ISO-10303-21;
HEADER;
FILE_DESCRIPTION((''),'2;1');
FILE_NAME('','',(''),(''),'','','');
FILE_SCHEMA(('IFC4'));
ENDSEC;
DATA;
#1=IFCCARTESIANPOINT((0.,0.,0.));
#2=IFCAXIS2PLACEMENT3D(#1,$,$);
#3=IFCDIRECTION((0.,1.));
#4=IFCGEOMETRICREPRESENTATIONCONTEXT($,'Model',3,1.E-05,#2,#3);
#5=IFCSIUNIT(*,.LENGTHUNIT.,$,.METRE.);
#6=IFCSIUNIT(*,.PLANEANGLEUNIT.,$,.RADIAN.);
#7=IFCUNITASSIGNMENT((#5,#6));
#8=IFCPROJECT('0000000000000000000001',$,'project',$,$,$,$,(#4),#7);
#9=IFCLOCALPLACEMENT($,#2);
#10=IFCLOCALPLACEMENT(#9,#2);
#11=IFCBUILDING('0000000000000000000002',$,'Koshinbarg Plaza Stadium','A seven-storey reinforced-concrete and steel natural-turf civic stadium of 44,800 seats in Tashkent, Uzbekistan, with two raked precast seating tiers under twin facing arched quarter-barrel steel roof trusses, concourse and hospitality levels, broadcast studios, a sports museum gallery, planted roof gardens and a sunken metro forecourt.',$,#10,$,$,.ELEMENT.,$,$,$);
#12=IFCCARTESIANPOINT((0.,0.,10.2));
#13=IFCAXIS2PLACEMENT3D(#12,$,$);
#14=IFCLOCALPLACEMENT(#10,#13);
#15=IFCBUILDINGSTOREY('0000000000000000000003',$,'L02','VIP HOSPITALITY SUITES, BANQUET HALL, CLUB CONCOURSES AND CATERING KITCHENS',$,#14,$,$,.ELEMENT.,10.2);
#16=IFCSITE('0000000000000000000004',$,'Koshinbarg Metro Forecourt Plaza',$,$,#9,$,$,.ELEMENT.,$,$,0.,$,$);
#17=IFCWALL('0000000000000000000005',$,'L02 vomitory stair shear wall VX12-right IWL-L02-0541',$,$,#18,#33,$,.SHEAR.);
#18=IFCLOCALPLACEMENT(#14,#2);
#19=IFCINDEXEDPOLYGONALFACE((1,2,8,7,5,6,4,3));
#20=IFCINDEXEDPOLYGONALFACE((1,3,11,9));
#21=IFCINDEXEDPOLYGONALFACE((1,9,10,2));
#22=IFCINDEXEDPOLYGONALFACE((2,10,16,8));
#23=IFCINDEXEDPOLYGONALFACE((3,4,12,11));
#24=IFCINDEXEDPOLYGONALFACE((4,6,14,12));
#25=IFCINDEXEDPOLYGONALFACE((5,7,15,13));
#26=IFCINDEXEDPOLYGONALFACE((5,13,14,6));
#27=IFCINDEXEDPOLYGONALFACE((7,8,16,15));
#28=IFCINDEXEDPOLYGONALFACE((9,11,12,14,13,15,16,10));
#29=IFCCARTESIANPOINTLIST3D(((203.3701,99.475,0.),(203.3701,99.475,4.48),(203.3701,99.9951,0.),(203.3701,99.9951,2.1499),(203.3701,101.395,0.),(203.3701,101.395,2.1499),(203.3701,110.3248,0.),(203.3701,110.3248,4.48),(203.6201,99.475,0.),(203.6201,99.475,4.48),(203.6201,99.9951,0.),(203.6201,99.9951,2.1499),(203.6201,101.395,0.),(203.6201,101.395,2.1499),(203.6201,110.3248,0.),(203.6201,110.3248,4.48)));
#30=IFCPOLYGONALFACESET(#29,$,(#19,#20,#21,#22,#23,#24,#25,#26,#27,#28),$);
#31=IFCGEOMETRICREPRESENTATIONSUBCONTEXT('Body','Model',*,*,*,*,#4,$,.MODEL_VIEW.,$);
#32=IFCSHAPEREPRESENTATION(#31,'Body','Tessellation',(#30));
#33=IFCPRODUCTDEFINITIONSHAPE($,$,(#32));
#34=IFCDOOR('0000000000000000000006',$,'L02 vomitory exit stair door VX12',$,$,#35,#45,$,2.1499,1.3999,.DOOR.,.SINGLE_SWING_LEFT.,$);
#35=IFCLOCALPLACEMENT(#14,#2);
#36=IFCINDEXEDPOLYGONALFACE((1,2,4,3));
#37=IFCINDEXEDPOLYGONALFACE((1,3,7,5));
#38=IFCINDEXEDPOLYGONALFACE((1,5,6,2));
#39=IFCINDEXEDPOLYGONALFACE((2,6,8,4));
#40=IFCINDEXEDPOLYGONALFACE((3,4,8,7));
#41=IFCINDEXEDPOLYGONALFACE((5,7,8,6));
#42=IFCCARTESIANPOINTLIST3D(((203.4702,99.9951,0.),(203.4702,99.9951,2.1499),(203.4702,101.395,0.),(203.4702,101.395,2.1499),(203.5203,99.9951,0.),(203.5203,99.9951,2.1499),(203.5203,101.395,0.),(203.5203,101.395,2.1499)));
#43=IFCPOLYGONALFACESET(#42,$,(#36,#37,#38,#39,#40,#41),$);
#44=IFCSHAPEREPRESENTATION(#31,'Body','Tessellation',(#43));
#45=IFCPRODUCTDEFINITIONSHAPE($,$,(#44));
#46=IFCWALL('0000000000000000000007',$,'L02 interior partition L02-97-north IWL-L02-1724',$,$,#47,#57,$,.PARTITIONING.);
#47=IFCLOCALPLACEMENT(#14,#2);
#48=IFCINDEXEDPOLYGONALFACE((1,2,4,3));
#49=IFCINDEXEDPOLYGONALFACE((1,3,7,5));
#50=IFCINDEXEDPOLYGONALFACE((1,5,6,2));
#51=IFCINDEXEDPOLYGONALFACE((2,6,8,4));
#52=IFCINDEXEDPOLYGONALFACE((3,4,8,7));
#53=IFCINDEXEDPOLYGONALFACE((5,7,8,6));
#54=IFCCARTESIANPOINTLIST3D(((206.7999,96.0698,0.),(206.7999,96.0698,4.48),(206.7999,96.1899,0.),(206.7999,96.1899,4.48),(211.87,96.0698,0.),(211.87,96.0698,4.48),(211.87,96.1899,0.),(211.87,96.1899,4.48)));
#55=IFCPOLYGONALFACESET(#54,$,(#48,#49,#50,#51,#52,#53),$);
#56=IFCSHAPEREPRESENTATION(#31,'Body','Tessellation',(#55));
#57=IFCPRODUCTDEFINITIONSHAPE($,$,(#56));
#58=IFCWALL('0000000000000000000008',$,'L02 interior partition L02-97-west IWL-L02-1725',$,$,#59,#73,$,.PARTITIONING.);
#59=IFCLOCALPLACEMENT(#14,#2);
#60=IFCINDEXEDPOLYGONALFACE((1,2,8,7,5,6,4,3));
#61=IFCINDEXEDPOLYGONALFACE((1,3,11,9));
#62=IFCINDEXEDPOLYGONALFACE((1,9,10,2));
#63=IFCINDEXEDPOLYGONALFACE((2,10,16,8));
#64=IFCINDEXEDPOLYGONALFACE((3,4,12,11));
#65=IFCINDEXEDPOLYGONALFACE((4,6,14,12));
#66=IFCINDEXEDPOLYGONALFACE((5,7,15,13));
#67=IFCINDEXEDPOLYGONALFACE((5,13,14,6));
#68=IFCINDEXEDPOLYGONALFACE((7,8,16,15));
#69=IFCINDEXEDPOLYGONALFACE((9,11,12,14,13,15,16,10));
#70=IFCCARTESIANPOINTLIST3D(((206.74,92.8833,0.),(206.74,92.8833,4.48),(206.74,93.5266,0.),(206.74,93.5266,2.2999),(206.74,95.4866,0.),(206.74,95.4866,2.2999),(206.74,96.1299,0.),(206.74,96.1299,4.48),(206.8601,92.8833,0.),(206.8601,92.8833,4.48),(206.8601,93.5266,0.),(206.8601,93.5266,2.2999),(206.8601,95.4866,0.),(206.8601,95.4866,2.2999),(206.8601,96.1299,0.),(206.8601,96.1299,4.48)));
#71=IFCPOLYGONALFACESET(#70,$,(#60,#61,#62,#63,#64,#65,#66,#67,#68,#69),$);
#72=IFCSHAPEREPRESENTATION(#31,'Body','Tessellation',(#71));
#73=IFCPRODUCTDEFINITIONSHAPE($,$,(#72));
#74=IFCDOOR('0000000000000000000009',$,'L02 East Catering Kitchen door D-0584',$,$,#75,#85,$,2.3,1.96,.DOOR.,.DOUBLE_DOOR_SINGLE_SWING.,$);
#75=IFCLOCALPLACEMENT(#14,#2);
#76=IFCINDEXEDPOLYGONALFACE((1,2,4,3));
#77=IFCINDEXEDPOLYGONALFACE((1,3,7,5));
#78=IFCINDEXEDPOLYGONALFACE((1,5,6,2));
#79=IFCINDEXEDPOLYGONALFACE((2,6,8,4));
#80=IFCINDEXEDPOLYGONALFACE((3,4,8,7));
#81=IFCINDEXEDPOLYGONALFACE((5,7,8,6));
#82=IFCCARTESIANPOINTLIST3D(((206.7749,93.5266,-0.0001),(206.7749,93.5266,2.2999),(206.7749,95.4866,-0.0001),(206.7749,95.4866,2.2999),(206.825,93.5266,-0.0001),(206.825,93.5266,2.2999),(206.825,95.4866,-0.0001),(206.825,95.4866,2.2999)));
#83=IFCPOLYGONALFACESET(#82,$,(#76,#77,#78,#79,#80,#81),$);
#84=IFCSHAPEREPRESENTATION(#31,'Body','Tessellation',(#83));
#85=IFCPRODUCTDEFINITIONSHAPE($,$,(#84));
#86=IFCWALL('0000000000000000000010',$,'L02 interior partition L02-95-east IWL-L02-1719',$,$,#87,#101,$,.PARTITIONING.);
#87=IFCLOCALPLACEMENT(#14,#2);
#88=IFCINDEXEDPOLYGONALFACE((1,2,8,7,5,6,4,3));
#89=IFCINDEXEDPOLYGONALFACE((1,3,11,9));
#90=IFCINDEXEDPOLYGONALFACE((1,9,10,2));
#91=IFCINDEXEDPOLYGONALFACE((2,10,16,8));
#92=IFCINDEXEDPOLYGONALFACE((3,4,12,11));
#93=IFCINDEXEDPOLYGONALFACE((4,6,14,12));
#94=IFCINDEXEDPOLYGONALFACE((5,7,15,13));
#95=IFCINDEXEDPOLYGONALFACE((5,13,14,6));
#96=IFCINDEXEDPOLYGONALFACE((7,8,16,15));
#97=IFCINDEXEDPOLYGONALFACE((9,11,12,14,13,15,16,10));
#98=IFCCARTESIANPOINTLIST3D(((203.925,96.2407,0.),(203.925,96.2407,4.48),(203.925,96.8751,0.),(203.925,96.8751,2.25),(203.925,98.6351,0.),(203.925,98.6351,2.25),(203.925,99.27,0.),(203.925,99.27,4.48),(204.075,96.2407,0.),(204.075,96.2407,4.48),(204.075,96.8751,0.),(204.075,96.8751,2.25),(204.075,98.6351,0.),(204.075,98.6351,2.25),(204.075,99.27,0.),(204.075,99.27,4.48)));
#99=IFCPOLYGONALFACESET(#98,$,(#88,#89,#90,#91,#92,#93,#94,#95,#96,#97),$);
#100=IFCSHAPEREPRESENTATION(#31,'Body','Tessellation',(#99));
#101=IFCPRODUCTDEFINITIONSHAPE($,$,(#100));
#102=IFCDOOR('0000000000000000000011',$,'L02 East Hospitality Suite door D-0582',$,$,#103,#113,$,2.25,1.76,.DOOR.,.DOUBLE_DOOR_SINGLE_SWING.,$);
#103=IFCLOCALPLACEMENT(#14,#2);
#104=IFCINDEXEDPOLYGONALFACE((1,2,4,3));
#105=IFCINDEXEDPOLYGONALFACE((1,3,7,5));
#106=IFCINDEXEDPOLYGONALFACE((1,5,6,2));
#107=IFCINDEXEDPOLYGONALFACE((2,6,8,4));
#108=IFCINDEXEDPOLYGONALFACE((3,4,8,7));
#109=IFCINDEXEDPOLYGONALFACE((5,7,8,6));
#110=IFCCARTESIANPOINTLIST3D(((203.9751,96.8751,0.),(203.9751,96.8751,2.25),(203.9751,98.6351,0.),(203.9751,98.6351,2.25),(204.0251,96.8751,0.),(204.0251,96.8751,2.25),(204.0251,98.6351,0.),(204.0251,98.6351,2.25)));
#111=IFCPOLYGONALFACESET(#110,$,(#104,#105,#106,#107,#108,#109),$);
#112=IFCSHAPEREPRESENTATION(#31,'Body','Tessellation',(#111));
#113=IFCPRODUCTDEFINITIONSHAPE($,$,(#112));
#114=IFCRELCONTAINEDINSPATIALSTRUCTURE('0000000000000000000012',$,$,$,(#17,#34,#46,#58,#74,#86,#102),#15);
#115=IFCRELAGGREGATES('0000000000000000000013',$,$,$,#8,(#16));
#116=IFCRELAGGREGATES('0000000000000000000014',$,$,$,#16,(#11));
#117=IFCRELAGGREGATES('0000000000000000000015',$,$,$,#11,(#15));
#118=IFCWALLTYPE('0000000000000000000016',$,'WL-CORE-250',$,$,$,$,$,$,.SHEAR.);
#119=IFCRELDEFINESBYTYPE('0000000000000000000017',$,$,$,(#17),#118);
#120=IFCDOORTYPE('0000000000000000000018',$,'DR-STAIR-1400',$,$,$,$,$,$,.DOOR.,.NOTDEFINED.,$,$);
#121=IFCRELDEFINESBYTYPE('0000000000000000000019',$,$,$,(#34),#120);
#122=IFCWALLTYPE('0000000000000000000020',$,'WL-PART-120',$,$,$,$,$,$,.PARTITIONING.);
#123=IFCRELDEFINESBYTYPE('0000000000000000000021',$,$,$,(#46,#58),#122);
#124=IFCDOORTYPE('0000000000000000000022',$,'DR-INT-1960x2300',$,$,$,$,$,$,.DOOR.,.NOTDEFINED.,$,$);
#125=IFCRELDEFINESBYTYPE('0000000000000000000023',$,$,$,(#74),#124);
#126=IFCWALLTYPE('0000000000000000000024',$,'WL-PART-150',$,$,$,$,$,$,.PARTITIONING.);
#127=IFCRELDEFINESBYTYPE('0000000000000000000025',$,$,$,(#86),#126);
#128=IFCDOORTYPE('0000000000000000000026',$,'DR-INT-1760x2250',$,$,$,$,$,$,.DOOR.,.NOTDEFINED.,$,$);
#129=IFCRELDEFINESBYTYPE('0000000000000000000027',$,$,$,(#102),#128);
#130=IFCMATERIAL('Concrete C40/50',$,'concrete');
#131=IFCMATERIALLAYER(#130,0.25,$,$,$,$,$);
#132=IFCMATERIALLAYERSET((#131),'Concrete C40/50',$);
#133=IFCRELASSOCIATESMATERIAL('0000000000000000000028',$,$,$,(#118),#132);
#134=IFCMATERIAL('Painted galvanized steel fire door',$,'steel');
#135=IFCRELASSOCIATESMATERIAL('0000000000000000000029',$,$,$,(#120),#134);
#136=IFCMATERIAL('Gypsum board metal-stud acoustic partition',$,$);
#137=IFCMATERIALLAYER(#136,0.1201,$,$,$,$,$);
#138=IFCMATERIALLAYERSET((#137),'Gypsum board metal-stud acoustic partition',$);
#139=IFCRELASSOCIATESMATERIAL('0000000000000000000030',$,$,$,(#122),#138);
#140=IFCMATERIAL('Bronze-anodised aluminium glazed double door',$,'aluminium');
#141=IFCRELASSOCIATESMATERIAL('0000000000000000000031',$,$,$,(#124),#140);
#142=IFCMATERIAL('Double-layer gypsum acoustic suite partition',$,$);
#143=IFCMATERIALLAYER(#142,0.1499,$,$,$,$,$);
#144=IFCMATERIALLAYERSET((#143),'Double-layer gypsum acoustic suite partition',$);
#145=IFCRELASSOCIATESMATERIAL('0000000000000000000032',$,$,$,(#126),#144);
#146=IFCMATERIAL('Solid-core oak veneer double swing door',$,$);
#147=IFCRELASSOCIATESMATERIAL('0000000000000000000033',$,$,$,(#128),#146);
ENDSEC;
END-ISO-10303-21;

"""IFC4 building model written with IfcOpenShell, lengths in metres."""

from ifc_helpers import new_model, si_unit, direction, frame, frame_2d, origin, place, context, subcontext, project, spatial, rectangle, extrude, material, layer, layer_set, type_object, element, fill, save


model = new_model("IFC4")

# Units and contexts
model_context = context("Model", 3, precision=1e-05, world=origin(), true_north=direction((0.0, 1.0)))
body_context = subcontext(model_context, "Body", "Model", "MODEL_VIEW")
ifc_project = project(units=[si_unit("LENGTHUNIT", "METRE"), si_unit("PLANEANGLEUNIT", "RADIAN")], contexts=[model_context])

# Site, building, storey
site_placement = place(None, origin())
site = spatial("IfcSite", under=ifc_project, at=site_placement, Name="Koshinbarg Metro Forecourt Plaza", CompositionType="ELEMENT", RefElevation=0.0)
building_placement = place(site_placement, origin())
building = spatial("IfcBuilding", under=site, at=building_placement, Name="Koshinbarg Plaza Stadium", Description="A seven-storey reinforced-concrete and steel natural-turf civic stadium of 44,800 seats in Tashkent, Uzbekistan, with two raked precast seating tiers under twin facing arched quarter-barrel steel roof trusses, concourse and hospitality levels, broadcast studios, a sports museum gallery, planted roof gardens and a sunken metro forecourt.", CompositionType="ELEMENT")
storey_placement = place(building_placement, frame((0.0, 0.0, 10.2)))
storey = spatial("IfcBuildingStorey", under=building, at=storey_placement, Name="L02", Description="VIP HOSPITALITY SUITES, BANQUET HALL, CLUB CONCOURSES AND CATERING KITCHENS", CompositionType="ELEMENT", Elevation=10.2)

# Shared definitions
ifc_material_1 = material(Name="Concrete C40/50", Category="concrete")

# Shared definitions
ifc_layer_1 = layer(ifc_material_1, 0.25)
ifc_layer_set_1 = layer_set([ifc_layer_1], Name="Concrete C40/50")
wall_type_1 = type_object("IfcWallType", Name="WL-CORE-250", PredefinedType="SHEAR", material=ifc_layer_set_1)

# Wall, opening, door
wall_1_placement = place(storey_placement, frame((203.4951, 99.4751, 0.0), z_axis=(0.0, 0.0, 1.0), x_axis=(0.0, 1.0, 0.0)))
wall_1 = element("IfcWall", 1, at=wall_1_placement, inside=storey, type_object=wall_type_1, Name="L02 vomitory stair shear wall VX12-right IWL-L02-0541", PredefinedType="SHEAR", context=body_context, shape_type="SweptSolid", body=[
    extrude(rectangle(XDim=10.8499, YDim=0.25, at=frame_2d((5.4248, 0.0))), origin(), (0.0, 0.0, 1.0), 4.48),
])
opening_1_placement = place(wall_1_placement, frame((0.52, 0.0, 0.0)))
opening_1 = element("IfcOpeningElement", 2, at=opening_1_placement, cuts=wall_1, PredefinedType="OPENING", context=body_context, shape_type="SweptSolid", body=[
    extrude(rectangle(XDim=1.3999, YDim=2.1499, at=frame_2d((0.7, 1.075))), frame((0.0, 0.135, 0.0), z_axis=(0.0, -1.0, 0.0), x_axis=(1.0, 0.0, 0.0)), (0.0, 0.0, 1.0), 0.27),
])
ifc_material_2 = material(Name="Painted galvanized steel fire door", Category="steel")
door_type_1 = type_object("IfcDoorType", Name="DR-STAIR-1400", OperationType="NOTDEFINED", PredefinedType="DOOR", material=ifc_material_2)
door_1_placement = place(opening_1_placement, origin())
door_1 = element("IfcDoor", 3, at=door_1_placement, inside=storey, type_object=door_type_1, Name="L02 vomitory exit stair door VX12", OperationType="SINGLE_SWING_LEFT", OverallHeight=2.1499, OverallWidth=1.3999, PredefinedType="DOOR", context=body_context, shape_type="SweptSolid", body=[
    extrude(rectangle(XDim=1.3999, YDim=2.1499, at=frame_2d((0.7, 1.075))), frame((0.0, 0.0249, 0.0), z_axis=(0.0, -1.0, 0.0), x_axis=(1.0, 0.0, 0.0)), (0.0, 0.0, 1.0), 0.05),
])
fill(opening_1, door_1)

# Wall
ifc_material_3 = material(Name="Gypsum board metal-stud acoustic partition")
ifc_layer_2 = layer(ifc_material_3, 0.1201)
ifc_layer_set_2 = layer_set([ifc_layer_2], Name="Gypsum board metal-stud acoustic partition")
wall_type_2 = type_object("IfcWallType", Name="WL-PART-120", PredefinedType="PARTITIONING", material=ifc_layer_set_2)
wall_2_placement = place(storey_placement, frame((211.8701, 96.1299, 0.0), z_axis=(0.0, 0.0, 1.0), x_axis=(-1.0, 0.0, 0.0)))
element("IfcWall", 4, at=wall_2_placement, inside=storey, type_object=wall_type_2, Name="L02 interior partition L02-97-north IWL-L02-1724", PredefinedType="PARTITIONING", context=body_context, shape_type="SweptSolid", body=[
    extrude(rectangle(XDim=5.0701, YDim=0.1201, at=frame_2d((2.5352, 0.0))), origin(), (0.0, 0.0, 1.0), 4.48),
])

# Walls, openings, doors
wall_3_placement = place(storey_placement, frame((206.8, 96.1299, 0.0), z_axis=(0.0, 0.0, 1.0), x_axis=(0.0, -1.0, 0.0)))
wall_3 = element("IfcWall", 5, at=wall_3_placement, inside=storey, type_object=wall_type_2, Name="L02 interior partition L02-97-west IWL-L02-1725", PredefinedType="PARTITIONING", context=body_context, shape_type="SweptSolid", body=[
    extrude(rectangle(XDim=3.2466, YDim=0.1201, at=frame_2d((1.6233, 0.0))), origin(), (0.0, 0.0, 1.0), 4.48),
])
opening_2_placement = place(wall_3_placement, frame((0.6433, 0.0, 0.0)))
opening_2 = element("IfcOpeningElement", 6, at=opening_2_placement, cuts=wall_3, PredefinedType="OPENING", context=body_context, shape_type="SweptSolid", body=[
    extrude(rectangle(XDim=1.96, YDim=2.3, at=frame_2d((0.98, 1.1499))), frame((0.0, 0.0701, 0.0), z_axis=(0.0, -1.0, 0.0), x_axis=(1.0, 0.0, 0.0)), (0.0, 0.0, 1.0), 0.1401),
])
ifc_material_4 = material(Name="Bronze-anodised aluminium glazed double door", Category="aluminium")
door_type_2 = type_object("IfcDoorType", Name="DR-INT-1960x2300", OperationType="NOTDEFINED", PredefinedType="DOOR", material=ifc_material_4)
door_2_placement = place(opening_2_placement, origin())
door_2 = element("IfcDoor", 7, at=door_2_placement, inside=storey, type_object=door_type_2, Name="L02 East Catering Kitchen door D-0584", OperationType="DOUBLE_DOOR_SINGLE_SWING", OverallHeight=2.3, OverallWidth=1.96, PredefinedType="DOOR", context=body_context, shape_type="SweptSolid", body=[
    extrude(rectangle(XDim=1.96, YDim=2.3, at=frame_2d((0.98, 1.1499))), frame((0.0, 0.0249, 0.0), z_axis=(0.0, -1.0, 0.0), x_axis=(1.0, 0.0, 0.0)), (0.0, 0.0, 1.0), 0.05),
])
fill(opening_2, door_2)
ifc_material_5 = material(Name="Double-layer gypsum acoustic suite partition")
ifc_layer_3 = layer(ifc_material_5, 0.1499)
ifc_layer_set_3 = layer_set([ifc_layer_3], Name="Double-layer gypsum acoustic suite partition")
wall_type_3 = type_object("IfcWallType", Name="WL-PART-150", PredefinedType="PARTITIONING", material=ifc_layer_set_3)
wall_4_placement = place(storey_placement, frame((204.0, 96.2407, 0.0), z_axis=(0.0, 0.0, 1.0), x_axis=(0.0, 1.0, 0.0)))
wall_4 = element("IfcWall", 8, at=wall_4_placement, inside=storey, type_object=wall_type_3, Name="L02 interior partition L02-95-east IWL-L02-1719", PredefinedType="PARTITIONING", context=body_context, shape_type="SweptSolid", body=[
    extrude(rectangle(XDim=3.0293, YDim=0.1499, at=frame_2d((1.5146, 0.0))), origin(), (0.0, 0.0, 1.0), 4.48),
])
opening_3_placement = place(wall_4_placement, frame((0.6345, 0.0, 0.0)))
opening_3 = element("IfcOpeningElement", 9, at=opening_3_placement, cuts=wall_4, PredefinedType="OPENING", context=body_context, shape_type="SweptSolid", body=[
    extrude(rectangle(XDim=1.76, YDim=2.25, at=frame_2d((0.8799, 1.125))), frame((0.0, 0.085, 0.0), z_axis=(0.0, -1.0, 0.0), x_axis=(1.0, 0.0, 0.0)), (0.0, 0.0, 1.0), 0.1699),
])
ifc_material_6 = material(Name="Solid-core oak veneer double swing door")
door_type_3 = type_object("IfcDoorType", Name="DR-INT-1760x2250", OperationType="NOTDEFINED", PredefinedType="DOOR", material=ifc_material_6)
door_3_placement = place(opening_3_placement, origin())
door_3 = element("IfcDoor", 10, at=door_3_placement, inside=storey, type_object=door_type_3, Name="L02 East Hospitality Suite door D-0582", OperationType="DOUBLE_DOOR_SINGLE_SWING", OverallHeight=2.25, OverallWidth=1.76, PredefinedType="DOOR", context=body_context, shape_type="SweptSolid", body=[
    extrude(rectangle(XDim=1.76, YDim=2.25, at=frame_2d((0.8799, 1.125))), frame((0.0, 0.0249, 0.0), z_axis=(0.0, -1.0, 0.0), x_axis=(1.0, 0.0, 0.0)), (0.0, 0.0, 1.0), 0.05),
])
fill(opening_3, door_3)

save(model, "model.ifc")
